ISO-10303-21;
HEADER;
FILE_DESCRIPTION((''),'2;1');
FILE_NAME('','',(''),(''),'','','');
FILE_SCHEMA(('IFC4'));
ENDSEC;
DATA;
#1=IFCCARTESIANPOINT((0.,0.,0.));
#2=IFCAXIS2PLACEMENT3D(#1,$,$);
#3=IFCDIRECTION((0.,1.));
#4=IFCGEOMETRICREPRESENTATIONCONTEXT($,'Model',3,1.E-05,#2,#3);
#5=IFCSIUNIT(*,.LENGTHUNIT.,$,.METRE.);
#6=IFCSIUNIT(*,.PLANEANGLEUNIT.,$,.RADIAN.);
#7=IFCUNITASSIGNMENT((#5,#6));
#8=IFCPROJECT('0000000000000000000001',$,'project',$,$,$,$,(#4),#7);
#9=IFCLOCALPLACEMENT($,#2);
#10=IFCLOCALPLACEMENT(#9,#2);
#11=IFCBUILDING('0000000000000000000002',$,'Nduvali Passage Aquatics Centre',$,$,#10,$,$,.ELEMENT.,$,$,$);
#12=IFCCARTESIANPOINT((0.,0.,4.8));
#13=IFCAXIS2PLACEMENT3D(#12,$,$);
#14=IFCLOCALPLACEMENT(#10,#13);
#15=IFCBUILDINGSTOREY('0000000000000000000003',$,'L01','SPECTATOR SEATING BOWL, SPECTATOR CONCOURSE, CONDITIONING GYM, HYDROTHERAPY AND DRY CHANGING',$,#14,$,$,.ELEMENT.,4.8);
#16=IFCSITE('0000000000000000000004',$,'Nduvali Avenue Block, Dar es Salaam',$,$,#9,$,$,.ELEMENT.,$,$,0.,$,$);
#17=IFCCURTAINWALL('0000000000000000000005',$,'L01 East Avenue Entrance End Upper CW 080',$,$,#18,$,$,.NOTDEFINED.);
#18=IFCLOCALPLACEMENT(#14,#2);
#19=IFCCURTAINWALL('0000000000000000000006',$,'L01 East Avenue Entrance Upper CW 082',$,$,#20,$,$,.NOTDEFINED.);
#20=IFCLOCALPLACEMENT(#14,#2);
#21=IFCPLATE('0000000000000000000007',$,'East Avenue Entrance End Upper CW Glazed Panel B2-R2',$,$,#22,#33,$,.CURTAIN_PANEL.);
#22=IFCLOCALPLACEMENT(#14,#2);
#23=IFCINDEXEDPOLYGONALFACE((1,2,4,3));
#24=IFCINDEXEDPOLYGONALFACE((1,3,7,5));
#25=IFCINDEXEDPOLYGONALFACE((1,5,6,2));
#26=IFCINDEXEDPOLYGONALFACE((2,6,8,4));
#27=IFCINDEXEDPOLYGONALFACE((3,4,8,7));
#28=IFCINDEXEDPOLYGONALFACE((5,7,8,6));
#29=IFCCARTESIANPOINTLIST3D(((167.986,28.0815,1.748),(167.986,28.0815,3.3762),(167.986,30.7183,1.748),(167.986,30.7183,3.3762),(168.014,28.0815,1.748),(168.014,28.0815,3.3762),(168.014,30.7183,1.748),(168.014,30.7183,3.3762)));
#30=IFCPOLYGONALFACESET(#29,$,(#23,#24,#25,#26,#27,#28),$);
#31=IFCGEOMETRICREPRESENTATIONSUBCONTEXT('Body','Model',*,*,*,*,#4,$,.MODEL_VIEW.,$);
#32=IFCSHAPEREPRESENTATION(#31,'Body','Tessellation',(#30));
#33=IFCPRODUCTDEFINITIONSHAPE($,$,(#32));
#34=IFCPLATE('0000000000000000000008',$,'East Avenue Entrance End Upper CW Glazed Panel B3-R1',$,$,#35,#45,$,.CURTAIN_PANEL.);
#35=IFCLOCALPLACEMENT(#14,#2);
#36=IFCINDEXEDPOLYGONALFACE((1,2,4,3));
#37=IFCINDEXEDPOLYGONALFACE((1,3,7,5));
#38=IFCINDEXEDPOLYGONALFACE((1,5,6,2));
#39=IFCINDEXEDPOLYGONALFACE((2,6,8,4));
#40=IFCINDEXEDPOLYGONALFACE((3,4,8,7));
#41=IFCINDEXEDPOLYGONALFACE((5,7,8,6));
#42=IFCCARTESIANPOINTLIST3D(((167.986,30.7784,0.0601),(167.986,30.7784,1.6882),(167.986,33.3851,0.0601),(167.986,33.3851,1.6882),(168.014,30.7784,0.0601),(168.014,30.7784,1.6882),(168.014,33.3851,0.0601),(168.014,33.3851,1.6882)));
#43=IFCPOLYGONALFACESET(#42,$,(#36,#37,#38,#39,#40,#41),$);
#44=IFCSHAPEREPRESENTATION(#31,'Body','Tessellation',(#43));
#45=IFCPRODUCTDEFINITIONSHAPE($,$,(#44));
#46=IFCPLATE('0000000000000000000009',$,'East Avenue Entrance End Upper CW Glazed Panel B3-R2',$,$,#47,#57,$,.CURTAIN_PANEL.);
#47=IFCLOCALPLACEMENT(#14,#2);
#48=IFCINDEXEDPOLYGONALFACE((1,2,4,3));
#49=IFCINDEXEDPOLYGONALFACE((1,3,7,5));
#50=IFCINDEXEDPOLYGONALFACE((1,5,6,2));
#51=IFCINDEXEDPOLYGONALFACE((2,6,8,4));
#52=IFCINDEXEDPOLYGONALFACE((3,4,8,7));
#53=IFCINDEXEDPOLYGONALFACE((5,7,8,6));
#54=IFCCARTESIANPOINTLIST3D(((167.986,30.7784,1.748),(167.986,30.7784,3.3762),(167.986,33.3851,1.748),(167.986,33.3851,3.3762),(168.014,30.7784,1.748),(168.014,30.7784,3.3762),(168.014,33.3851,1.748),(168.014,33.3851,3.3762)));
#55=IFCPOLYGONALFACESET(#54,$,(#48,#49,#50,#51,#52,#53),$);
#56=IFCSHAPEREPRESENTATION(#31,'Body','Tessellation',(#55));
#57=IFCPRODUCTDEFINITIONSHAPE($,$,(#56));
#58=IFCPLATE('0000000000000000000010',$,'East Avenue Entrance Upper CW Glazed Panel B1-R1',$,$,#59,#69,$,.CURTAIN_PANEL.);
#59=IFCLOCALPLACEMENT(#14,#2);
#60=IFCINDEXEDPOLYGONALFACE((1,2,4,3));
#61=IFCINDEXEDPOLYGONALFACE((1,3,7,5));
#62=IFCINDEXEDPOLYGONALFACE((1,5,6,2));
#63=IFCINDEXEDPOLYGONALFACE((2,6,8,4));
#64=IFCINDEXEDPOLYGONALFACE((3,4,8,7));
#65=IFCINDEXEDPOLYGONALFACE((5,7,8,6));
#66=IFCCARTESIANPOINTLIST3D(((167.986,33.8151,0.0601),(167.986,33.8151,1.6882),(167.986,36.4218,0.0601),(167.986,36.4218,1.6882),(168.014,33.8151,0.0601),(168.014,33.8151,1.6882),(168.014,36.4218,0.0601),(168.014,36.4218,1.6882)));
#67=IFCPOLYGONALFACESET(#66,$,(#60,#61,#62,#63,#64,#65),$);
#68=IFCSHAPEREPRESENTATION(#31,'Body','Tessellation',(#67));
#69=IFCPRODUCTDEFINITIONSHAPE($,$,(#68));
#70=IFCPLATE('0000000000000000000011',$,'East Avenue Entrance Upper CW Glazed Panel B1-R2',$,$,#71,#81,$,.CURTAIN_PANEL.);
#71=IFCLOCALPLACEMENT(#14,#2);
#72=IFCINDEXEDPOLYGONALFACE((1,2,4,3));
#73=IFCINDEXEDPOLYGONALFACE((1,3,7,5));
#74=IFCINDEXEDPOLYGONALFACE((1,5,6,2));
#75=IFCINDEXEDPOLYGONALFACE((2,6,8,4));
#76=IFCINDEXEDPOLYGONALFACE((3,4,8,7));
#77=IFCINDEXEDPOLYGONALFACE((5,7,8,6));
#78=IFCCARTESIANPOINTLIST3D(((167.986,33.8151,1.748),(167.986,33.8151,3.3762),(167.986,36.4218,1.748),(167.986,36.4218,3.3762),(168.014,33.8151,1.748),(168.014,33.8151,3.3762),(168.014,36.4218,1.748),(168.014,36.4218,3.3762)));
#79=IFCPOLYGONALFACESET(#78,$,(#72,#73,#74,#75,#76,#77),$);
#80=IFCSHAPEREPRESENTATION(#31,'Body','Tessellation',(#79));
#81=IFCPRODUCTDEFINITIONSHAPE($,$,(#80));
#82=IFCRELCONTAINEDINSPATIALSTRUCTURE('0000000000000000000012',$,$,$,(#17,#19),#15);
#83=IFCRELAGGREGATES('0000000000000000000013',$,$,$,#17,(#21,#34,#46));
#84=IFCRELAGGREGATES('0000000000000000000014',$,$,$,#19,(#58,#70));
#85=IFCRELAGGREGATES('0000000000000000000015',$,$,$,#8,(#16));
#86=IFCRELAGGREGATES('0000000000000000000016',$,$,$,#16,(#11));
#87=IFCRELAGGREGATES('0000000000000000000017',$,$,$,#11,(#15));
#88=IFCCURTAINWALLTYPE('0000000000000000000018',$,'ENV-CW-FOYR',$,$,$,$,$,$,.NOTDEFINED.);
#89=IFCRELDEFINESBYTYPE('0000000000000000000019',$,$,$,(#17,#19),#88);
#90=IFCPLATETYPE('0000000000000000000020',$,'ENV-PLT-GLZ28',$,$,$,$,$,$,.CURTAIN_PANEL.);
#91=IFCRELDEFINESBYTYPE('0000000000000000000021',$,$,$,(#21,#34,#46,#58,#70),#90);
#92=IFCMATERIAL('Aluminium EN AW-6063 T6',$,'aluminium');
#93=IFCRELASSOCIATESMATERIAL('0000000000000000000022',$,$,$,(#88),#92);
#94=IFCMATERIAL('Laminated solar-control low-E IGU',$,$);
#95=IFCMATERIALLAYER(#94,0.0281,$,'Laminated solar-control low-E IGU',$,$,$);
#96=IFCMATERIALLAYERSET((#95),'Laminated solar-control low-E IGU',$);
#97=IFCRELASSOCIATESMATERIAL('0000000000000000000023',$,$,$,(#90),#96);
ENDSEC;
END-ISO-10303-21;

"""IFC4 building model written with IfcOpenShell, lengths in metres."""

from ifc_helpers import new_model, si_unit, direction, frame, origin, origin_2d, place, context, subcontext, project, spatial, rectangle, extrude, material, layer, layer_set, type_object, element, aggregate, save


model = new_model("IFC4")

# Units and contexts
model_context = context("Model", 3, precision=1e-05, world=origin(), true_north=direction((0.0, 1.0)))
body_context = subcontext(model_context, "Body", "Model", "MODEL_VIEW")
ifc_project = project(units=[si_unit("LENGTHUNIT", "METRE"), si_unit("PLANEANGLEUNIT", "RADIAN")], contexts=[model_context])

# Site, building, storey
site_placement = place(None, origin())
site = spatial("IfcSite", under=ifc_project, at=site_placement, Name="Nduvali Avenue Block, Dar es Salaam", CompositionType="ELEMENT", RefElevation=0.0)
building_placement = place(site_placement, origin())
building = spatial("IfcBuilding", under=site, at=building_placement, Name="Nduvali Passage Aquatics Centre", CompositionType="ELEMENT")
storey_placement = place(building_placement, frame((0.0, 0.0, 4.8)))
storey = spatial("IfcBuildingStorey", under=building, at=storey_placement, Name="L01", Description="SPECTATOR SEATING BOWL, SPECTATOR CONCOURSE, CONDITIONING GYM, HYDROTHERAPY AND DRY CHANGING", CompositionType="ELEMENT", Elevation=4.8)

# Curtain walls
ifc_material_1 = material(Name="Aluminium EN AW-6063 T6", Category="aluminium")
curtain_wall_type = type_object("IfcCurtainWallType", Name="ENV-CW-FOYR", PredefinedType="NOTDEFINED", material=ifc_material_1)
curtain_wall_1_placement = place(storey_placement, origin())
curtain_wall_1 = element("IfcCurtainWall", 1, at=curtain_wall_1_placement, inside=storey, type_object=curtain_wall_type, Name="L01 East Avenue Entrance End Upper CW 080", PredefinedType="NOTDEFINED")
curtain_wall_2_placement = place(storey_placement, origin())
curtain_wall_2 = element("IfcCurtainWall", 2, at=curtain_wall_2_placement, inside=storey, type_object=curtain_wall_type, Name="L01 East Avenue Entrance Upper CW 082", PredefinedType="NOTDEFINED")

# Plates
ifc_material_2 = material(Name="Laminated solar-control low-E IGU")
ifc_layer = layer(ifc_material_2, 0.0281, Name="Laminated solar-control low-E IGU")
ifc_layer_set = layer_set([ifc_layer], Name="Laminated solar-control low-E IGU")
plate_type = type_object("IfcPlateType", Name="ENV-PLT-GLZ28", PredefinedType="CURTAIN_PANEL", material=ifc_layer_set)
plate_1_placement = place(storey_placement, frame((168.0, 29.3999, 1.748), z_axis=(0.0, 0.0, 1.0), x_axis=(0.0, 1.0, 0.0)))
plate_1 = element("IfcPlate", 3, at=plate_1_placement, type_object=plate_type, Name="East Avenue Entrance End Upper CW Glazed Panel B2-R2", PredefinedType="CURTAIN_PANEL", context=body_context, shape_type="SweptSolid", body=[
    extrude(rectangle(XDim=2.6367, YDim=0.0281, at=origin_2d()), origin(), (0.0, 0.0, 1.0), 1.6282),
])
plate_2_placement = place(storey_placement, frame((168.0, 32.0818, 0.0601), z_axis=(0.0, 0.0, 1.0), x_axis=(0.0, 1.0, 0.0)))
plate_2 = element("IfcPlate", 4, at=plate_2_placement, type_object=plate_type, Name="East Avenue Entrance End Upper CW Glazed Panel B3-R1", PredefinedType="CURTAIN_PANEL", context=body_context, shape_type="SweptSolid", body=[
    extrude(rectangle(XDim=2.6067, YDim=0.0281, at=origin_2d()), origin(), (0.0, 0.0, 1.0), 1.6282),
])
plate_3_placement = place(storey_placement, frame((168.0, 32.0818, 1.748), z_axis=(0.0, 0.0, 1.0), x_axis=(0.0, 1.0, 0.0)))
plate_3 = element("IfcPlate", 5, at=plate_3_placement, type_object=plate_type, Name="East Avenue Entrance End Upper CW Glazed Panel B3-R2", PredefinedType="CURTAIN_PANEL", context=body_context, shape_type="SweptSolid", body=[
    extrude(rectangle(XDim=2.6067, YDim=0.0281, at=origin_2d()), origin(), (0.0, 0.0, 1.0), 1.6282),
])
aggregate(curtain_wall_1, [plate_1, plate_2, plate_3])
plate_4_placement = place(storey_placement, frame((168.0, 35.1184, 0.0601), z_axis=(0.0, 0.0, 1.0), x_axis=(0.0, 1.0, 0.0)))
plate_4 = element("IfcPlate", 6, at=plate_4_placement, type_object=plate_type, Name="East Avenue Entrance Upper CW Glazed Panel B1-R1", PredefinedType="CURTAIN_PANEL", context=body_context, shape_type="SweptSolid", body=[
    extrude(rectangle(XDim=2.6067, YDim=0.0281, at=origin_2d()), origin(), (0.0, 0.0, 1.0), 1.6282),
])
plate_5_placement = place(storey_placement, frame((168.0, 35.1184, 1.748), z_axis=(0.0, 0.0, 1.0), x_axis=(0.0, 1.0, 0.0)))
plate_5 = element("IfcPlate", 7, at=plate_5_placement, type_object=plate_type, Name="East Avenue Entrance Upper CW Glazed Panel B1-R2", PredefinedType="CURTAIN_PANEL", context=body_context, shape_type="SweptSolid", body=[
    extrude(rectangle(XDim=2.6067, YDim=0.0281, at=origin_2d()), origin(), (0.0, 0.0, 1.0), 1.6282),
])
aggregate(curtain_wall_2, [plate_4, plate_5])

save(model, "model.ifc")
